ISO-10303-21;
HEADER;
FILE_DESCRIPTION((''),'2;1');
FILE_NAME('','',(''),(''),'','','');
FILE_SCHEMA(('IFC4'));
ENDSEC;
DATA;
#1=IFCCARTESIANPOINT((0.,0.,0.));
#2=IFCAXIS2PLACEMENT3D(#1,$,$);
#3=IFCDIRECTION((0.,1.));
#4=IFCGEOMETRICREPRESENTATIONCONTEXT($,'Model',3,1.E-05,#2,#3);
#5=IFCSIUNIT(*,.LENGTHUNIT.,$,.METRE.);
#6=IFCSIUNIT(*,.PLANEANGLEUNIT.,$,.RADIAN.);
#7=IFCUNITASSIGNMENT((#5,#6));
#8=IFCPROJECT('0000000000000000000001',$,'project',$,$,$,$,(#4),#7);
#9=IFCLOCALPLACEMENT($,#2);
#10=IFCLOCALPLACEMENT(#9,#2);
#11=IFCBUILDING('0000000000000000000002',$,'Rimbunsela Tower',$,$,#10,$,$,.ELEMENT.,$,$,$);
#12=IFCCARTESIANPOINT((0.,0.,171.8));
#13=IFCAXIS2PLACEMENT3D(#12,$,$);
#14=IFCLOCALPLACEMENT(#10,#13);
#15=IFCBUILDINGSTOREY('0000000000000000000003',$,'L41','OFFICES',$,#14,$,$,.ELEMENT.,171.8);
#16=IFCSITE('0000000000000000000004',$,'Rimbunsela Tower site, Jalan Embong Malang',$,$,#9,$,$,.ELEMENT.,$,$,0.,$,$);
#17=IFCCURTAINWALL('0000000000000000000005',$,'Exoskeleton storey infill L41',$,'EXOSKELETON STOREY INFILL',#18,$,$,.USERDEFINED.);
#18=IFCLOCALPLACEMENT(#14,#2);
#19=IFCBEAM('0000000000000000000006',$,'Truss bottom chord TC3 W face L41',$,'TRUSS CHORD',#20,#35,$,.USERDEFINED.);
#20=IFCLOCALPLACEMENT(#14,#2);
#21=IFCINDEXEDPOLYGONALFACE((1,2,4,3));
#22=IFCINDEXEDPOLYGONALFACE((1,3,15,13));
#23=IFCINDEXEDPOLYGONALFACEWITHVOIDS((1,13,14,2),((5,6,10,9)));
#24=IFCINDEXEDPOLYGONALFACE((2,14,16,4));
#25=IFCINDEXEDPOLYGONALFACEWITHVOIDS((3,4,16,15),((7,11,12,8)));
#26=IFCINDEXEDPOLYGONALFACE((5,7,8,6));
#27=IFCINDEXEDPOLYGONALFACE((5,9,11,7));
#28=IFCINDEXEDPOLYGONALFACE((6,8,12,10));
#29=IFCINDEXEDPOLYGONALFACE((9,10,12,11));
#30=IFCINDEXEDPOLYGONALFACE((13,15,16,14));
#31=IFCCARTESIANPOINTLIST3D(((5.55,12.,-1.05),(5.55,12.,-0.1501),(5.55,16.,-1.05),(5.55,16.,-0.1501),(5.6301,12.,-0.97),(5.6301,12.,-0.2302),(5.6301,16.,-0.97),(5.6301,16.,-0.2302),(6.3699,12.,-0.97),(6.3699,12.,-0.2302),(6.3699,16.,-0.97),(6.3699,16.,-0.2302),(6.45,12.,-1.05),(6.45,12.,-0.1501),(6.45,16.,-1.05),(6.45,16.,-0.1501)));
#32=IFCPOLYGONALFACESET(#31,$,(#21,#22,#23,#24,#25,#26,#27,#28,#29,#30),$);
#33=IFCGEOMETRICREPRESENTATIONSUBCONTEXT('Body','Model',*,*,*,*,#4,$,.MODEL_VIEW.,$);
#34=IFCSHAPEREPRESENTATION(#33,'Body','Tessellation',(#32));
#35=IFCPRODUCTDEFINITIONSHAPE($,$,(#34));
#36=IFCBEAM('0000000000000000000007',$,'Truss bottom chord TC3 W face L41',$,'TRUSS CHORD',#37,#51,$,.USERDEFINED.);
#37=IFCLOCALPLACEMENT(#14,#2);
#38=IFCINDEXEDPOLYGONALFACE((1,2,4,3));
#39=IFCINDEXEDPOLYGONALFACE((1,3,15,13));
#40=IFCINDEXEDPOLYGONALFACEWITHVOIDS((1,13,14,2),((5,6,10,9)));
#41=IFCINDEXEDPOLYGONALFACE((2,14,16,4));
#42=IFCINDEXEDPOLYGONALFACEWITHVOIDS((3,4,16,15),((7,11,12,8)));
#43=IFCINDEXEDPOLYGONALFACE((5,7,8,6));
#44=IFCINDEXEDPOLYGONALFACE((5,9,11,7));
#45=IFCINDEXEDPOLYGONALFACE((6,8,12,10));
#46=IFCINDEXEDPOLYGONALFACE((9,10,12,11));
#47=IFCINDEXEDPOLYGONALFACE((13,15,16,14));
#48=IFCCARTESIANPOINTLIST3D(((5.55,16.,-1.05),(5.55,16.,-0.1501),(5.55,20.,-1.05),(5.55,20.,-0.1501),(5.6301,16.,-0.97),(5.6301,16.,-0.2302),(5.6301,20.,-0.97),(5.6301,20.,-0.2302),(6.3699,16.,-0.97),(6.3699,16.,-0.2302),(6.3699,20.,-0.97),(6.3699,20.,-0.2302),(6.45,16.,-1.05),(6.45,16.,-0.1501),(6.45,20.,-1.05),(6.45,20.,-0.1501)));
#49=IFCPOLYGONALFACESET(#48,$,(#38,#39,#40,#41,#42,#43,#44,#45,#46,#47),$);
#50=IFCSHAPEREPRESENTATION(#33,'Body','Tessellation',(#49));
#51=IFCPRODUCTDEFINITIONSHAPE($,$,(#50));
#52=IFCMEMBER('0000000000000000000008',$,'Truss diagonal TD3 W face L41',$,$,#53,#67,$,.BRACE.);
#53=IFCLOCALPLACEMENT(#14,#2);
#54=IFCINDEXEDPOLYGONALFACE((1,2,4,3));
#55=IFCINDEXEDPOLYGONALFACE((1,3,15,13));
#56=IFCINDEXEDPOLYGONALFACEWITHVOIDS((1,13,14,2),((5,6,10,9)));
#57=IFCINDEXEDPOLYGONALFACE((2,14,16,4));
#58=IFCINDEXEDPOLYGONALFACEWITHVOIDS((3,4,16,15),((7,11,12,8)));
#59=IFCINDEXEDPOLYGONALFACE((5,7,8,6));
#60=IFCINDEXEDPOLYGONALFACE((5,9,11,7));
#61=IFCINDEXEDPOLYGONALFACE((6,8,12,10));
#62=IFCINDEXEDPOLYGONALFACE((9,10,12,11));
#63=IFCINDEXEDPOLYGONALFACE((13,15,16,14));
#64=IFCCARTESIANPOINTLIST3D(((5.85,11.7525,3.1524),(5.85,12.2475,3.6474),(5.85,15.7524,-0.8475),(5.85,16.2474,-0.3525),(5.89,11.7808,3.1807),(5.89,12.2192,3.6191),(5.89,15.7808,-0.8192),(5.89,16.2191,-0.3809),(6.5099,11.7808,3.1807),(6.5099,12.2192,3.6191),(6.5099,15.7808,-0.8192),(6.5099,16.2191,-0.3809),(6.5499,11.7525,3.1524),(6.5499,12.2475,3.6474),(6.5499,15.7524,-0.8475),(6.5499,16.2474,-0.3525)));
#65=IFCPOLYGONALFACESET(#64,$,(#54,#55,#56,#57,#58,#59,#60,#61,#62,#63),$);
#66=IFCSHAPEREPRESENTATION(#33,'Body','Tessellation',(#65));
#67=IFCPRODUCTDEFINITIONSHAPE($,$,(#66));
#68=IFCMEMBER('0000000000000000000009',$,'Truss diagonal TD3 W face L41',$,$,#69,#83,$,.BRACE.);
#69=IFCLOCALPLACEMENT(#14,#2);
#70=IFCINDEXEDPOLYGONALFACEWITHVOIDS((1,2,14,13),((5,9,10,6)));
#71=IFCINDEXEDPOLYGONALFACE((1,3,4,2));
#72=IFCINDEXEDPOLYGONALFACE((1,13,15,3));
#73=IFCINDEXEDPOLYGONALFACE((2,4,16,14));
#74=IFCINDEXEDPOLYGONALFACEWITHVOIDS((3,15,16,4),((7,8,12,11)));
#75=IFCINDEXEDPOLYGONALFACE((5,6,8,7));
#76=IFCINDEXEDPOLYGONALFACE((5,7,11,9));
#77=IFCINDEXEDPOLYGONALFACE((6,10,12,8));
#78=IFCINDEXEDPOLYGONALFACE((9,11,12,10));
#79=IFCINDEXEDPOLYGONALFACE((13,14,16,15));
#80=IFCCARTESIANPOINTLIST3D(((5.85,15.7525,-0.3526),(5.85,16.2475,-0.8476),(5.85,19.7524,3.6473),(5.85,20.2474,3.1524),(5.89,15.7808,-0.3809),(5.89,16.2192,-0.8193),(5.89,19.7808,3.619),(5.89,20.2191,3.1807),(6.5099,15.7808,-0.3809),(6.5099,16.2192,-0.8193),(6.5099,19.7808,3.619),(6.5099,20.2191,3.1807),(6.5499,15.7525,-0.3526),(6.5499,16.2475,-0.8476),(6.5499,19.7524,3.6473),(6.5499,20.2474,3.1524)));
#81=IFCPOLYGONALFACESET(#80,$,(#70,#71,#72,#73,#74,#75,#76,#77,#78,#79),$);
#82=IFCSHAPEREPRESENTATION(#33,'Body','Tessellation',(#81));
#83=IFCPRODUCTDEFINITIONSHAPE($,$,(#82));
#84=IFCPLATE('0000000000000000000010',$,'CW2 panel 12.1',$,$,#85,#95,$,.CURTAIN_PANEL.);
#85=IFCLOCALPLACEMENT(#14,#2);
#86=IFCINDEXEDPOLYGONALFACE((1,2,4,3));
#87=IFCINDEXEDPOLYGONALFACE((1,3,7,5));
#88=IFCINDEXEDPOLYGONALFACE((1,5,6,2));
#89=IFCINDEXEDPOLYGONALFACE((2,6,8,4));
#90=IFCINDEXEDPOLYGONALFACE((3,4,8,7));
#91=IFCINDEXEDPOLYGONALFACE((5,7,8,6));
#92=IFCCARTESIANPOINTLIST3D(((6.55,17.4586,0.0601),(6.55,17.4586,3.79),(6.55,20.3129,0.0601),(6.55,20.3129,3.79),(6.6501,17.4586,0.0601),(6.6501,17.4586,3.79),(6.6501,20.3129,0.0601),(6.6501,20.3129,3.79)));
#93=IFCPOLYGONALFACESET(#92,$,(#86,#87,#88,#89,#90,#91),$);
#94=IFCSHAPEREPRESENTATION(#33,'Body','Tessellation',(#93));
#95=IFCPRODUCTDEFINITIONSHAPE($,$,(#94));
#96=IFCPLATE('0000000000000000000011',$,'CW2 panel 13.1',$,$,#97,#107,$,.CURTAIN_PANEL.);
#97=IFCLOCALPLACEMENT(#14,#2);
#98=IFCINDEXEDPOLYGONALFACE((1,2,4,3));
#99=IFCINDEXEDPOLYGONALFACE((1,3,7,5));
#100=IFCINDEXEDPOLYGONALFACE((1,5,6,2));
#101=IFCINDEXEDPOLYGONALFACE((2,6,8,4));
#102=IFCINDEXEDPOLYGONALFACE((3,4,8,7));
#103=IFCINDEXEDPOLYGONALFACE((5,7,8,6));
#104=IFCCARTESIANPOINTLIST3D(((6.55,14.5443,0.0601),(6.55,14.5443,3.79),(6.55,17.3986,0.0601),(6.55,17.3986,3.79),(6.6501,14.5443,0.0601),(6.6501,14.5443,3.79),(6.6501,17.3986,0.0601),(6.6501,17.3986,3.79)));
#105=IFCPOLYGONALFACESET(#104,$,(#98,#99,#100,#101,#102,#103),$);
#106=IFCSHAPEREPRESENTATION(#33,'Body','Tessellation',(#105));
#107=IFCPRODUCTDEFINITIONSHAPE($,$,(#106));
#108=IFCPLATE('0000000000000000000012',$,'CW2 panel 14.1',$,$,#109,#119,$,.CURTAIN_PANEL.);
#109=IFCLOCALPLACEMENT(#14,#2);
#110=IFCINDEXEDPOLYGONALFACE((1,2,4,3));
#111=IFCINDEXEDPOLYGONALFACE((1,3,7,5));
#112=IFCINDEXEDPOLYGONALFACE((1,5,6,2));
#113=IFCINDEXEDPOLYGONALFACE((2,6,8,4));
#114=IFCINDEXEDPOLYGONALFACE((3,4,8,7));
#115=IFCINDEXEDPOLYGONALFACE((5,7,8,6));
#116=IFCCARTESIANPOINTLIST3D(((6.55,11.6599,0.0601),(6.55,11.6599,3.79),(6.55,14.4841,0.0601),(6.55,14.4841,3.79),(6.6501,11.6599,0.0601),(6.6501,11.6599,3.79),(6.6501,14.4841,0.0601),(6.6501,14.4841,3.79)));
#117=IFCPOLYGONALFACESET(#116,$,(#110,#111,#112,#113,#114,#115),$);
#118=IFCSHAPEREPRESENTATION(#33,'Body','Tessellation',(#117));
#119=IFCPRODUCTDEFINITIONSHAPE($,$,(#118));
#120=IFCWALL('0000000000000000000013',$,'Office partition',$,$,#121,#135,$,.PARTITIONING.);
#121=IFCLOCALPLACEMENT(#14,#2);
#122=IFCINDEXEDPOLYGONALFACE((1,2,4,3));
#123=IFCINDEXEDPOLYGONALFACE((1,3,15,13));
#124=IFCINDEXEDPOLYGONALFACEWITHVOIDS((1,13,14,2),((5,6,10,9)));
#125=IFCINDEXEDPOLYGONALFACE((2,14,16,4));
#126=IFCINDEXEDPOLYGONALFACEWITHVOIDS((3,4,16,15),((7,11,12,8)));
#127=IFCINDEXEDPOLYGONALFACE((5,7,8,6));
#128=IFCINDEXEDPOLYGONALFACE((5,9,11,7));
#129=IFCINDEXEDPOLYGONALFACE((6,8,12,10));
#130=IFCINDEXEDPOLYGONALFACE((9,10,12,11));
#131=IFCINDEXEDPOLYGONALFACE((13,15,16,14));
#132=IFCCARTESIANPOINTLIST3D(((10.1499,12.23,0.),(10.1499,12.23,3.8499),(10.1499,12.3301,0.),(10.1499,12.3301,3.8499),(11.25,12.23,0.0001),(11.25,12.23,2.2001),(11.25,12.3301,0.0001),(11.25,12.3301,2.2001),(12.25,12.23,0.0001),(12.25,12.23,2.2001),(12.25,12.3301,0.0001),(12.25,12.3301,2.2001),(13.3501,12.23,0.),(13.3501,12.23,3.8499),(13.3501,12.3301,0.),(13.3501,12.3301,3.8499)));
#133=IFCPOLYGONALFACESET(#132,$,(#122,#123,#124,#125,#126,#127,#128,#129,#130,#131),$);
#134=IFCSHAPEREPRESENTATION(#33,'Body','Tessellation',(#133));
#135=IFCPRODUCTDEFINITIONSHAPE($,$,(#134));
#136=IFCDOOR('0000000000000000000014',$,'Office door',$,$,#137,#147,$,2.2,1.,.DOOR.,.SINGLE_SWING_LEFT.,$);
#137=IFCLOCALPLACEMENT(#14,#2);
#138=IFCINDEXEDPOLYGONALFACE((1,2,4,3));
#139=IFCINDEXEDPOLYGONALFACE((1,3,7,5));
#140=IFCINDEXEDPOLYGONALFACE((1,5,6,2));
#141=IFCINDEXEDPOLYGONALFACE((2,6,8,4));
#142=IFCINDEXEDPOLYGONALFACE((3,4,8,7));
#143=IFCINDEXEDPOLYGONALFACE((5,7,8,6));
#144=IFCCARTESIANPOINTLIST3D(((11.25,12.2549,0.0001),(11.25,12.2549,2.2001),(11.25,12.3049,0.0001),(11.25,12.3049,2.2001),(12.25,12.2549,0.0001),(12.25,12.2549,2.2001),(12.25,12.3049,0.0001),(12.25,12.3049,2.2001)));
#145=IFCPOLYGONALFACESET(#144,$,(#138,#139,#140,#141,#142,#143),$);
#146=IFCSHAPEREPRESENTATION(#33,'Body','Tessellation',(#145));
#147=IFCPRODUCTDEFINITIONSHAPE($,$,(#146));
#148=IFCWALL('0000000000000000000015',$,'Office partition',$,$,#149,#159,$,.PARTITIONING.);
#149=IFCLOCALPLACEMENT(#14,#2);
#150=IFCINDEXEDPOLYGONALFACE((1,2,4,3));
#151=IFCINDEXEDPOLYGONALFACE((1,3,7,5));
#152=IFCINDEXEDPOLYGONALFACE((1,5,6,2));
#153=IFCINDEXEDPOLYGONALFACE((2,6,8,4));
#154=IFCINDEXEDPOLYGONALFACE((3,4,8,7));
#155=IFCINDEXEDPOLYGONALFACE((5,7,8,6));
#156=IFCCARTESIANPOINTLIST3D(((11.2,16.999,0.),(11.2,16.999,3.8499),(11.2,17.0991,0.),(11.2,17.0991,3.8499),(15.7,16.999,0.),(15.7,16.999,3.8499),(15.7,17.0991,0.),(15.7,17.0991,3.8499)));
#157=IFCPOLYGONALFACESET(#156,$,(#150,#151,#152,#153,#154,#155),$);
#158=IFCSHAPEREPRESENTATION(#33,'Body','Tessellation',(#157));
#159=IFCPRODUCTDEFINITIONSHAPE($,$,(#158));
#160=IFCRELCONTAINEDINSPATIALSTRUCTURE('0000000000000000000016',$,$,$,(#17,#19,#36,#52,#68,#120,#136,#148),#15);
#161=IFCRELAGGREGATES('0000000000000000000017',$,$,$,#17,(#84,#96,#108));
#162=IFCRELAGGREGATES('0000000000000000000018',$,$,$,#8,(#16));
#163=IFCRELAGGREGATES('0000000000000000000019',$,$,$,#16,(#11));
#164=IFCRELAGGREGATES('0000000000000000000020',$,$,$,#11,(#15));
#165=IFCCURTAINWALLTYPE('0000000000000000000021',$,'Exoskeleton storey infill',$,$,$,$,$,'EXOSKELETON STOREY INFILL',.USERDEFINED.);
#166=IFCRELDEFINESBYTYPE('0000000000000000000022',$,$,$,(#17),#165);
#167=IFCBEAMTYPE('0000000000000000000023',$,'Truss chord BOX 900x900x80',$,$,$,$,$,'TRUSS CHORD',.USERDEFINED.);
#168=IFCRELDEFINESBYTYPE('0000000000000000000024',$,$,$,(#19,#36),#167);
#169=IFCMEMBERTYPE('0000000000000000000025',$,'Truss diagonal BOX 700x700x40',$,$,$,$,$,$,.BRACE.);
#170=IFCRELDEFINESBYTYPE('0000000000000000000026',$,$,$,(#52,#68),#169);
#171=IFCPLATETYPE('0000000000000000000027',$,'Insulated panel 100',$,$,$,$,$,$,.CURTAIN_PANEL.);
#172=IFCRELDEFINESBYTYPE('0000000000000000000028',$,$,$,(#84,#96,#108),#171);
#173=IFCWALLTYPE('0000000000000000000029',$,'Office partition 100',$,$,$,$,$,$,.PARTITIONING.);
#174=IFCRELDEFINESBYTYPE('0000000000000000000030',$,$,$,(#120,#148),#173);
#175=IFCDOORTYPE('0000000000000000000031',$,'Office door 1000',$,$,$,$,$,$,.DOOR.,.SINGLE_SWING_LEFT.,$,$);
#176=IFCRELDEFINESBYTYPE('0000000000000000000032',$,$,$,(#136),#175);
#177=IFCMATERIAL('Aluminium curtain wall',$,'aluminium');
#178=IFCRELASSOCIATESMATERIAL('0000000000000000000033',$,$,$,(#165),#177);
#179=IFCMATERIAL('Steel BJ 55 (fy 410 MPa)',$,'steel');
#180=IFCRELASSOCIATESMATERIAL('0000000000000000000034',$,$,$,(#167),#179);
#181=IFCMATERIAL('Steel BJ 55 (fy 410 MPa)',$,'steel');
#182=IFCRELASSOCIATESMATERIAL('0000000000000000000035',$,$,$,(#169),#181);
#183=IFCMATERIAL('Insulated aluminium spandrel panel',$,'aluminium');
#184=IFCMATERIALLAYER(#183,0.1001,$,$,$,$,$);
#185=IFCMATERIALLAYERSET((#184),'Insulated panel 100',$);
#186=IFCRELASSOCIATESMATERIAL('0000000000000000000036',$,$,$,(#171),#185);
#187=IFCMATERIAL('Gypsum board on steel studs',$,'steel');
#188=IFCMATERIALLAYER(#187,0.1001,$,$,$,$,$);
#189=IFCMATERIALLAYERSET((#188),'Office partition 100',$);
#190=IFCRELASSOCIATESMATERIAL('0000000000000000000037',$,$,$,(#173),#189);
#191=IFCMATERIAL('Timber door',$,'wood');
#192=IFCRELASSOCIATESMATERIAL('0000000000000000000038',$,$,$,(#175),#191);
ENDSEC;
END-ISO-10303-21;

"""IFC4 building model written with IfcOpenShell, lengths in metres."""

from ifc_helpers import new_model, si_unit, direction, frame, frame_2d, origin, origin_2d, place, context, subcontext, project, spatial, rectangle, hollow_rectangle, extrude, material, layer, layer_set, material_profile, profile_set, type_object, element, fill, aggregate, save


model = new_model("IFC4")

# Units and contexts
model_context = context("Model", 3, precision=1e-05, world=origin(), true_north=direction((0.0, 1.0)))
body_context = subcontext(model_context, "Body", "Model", "MODEL_VIEW")
ifc_project = project(units=[si_unit("LENGTHUNIT", "METRE"), si_unit("PLANEANGLEUNIT", "RADIAN")], contexts=[model_context])

# Site, building, storey
site_placement = place(None, origin())
site = spatial("IfcSite", under=ifc_project, at=site_placement, Name="Rimbunsela Tower site, Jalan Embong Malang", CompositionType="ELEMENT", RefElevation=0.0)
building_placement = place(site_placement, origin())
building = spatial("IfcBuilding", under=site, at=building_placement, Name="Rimbunsela Tower", CompositionType="ELEMENT")
storey_placement = place(building_placement, frame((0.0, 0.0, 171.8)))
storey = spatial("IfcBuildingStorey", under=building, at=storey_placement, Name="L41", Description="OFFICES", CompositionType="ELEMENT", Elevation=171.8)

# Curtain wall
ifc_material_1 = material(Name="Aluminium curtain wall", Category="aluminium")
curtain_wall_type = type_object("IfcCurtainWallType", Name="Exoskeleton storey infill", ElementType="EXOSKELETON STOREY INFILL", PredefinedType="USERDEFINED", material=ifc_material_1)
curtain_wall_placement = place(storey_placement, origin())
curtain_wall = element("IfcCurtainWall", 1, at=curtain_wall_placement, inside=storey, type_object=curtain_wall_type, Name="Exoskeleton storey infill L41", ObjectType="EXOSKELETON STOREY INFILL", PredefinedType="USERDEFINED")

# Beams
ifc_material_2 = material(Name="Steel BJ 55 (fy 410 MPa)", Category="steel")
ifc_material_profile_1 = material_profile(ifc_material_2, hollow_rectangle(XDim=0.8999, YDim=0.8999, WallThickness=0.0801, at=origin_2d()), Name="BOX 900x900x80")
ifc_profile_set_1 = profile_set([ifc_material_profile_1], Name="Steel BJ 55 (fy 410 MPa)")
beam_type_1 = type_object("IfcBeamType", Name="Truss chord BOX 900x900x80", ElementType="TRUSS CHORD", PredefinedType="USERDEFINED", material=ifc_profile_set_1)
for number, where, z_axis, x_axis, name in (
    (2, (6.0, 12.0, -0.6001), (0.0, 1.0, 0.0), (-1.0, 0.0, 0.0), "Truss bottom chord TC3 W face L41"),
    (3, (6.0, 16.0, -0.6001), (0.0, 1.0, 0.0), (-1.0, 0.0, 0.0), "Truss bottom chord TC3 W face L41"),
):
    element("IfcBeam", number, at=place(storey_placement, frame(where, z_axis=z_axis, x_axis=x_axis)), inside=storey, type_object=beam_type_1, Name=name, ObjectType="TRUSS CHORD", PredefinedType="USERDEFINED", context=body_context, shape_type="SweptSolid", body=[
        extrude(hollow_rectangle(XDim=0.8999, YDim=0.8999, WallThickness=0.0801, at=origin_2d()), origin(), (0.0, 0.0, 1.0), 4.0),
    ])

# Members
ifc_material_3 = material(Name="Steel BJ 55 (fy 410 MPa)", Category="steel")
ifc_material_profile_2 = material_profile(ifc_material_3, hollow_rectangle(XDim=0.7, YDim=0.7, WallThickness=0.04, at=origin_2d()), Name="BOX 700x700x40")
ifc_profile_set_2 = profile_set([ifc_material_profile_2], Name="Steel BJ 55 (fy 410 MPa)")
member_type_1 = type_object("IfcMemberType", Name="Truss diagonal BOX 700x700x40", PredefinedType="BRACE", material=ifc_profile_set_2)
for number, where, z_axis, x_axis, name in (
    (4, (6.2, 12.0, 3.3999), (0.0, 0.707107, -0.707107), (-1.0, 0.0, 0.0), "Truss diagonal TD3 W face L41"),
    (5, (6.2, 16.0, -0.6001), (0.0, 0.707107, 0.707107), (-1.0, 0.0, 0.0), "Truss diagonal TD3 W face L41"),
):
    element("IfcMember", number, at=place(storey_placement, frame(where, z_axis=z_axis, x_axis=x_axis)), inside=storey, type_object=member_type_1, Name=name, PredefinedType="BRACE", context=body_context, shape_type="SweptSolid", body=[
        extrude(hollow_rectangle(XDim=0.7, YDim=0.7, WallThickness=0.04, at=origin_2d()), origin(), (0.0, 0.0, 1.0), 5.6567),
    ])

# Plates
ifc_material_4 = material(Name="Insulated aluminium spandrel panel", Category="aluminium")
ifc_layer_1 = layer(ifc_material_4, 0.1001)
ifc_layer_set_1 = layer_set([ifc_layer_1], Name="Insulated panel 100")
plate_type = type_object("IfcPlateType", Name="Insulated panel 100", PredefinedType="CURTAIN_PANEL", material=ifc_layer_set_1)
plate_1_placement = place(storey_placement, frame((6.6001, 18.8857, 0.0601), z_axis=(0.0, 0.0, 1.0), x_axis=(0.0, -1.0, 0.0)))
plate_1 = element("IfcPlate", 6, at=plate_1_placement, type_object=plate_type, Name="CW2 panel 12.1", PredefinedType="CURTAIN_PANEL", context=body_context, shape_type="SweptSolid", body=[
    extrude(rectangle(XDim=2.8542, YDim=0.1001, at=origin_2d()), origin(), (0.0, 0.0, 1.0), 3.73),
])
plate_2_placement = place(storey_placement, frame((6.6001, 15.9714, 0.0601), z_axis=(0.0, 0.0, 1.0), x_axis=(0.0, -1.0, 0.0)))
plate_2 = element("IfcPlate", 7, at=plate_2_placement, type_object=plate_type, Name="CW2 panel 13.1", PredefinedType="CURTAIN_PANEL", context=body_context, shape_type="SweptSolid", body=[
    extrude(rectangle(XDim=2.8542, YDim=0.1001, at=origin_2d()), origin(), (0.0, 0.0, 1.0), 3.73),
])
plate_3_placement = place(storey_placement, frame((6.6001, 13.072, 0.0601), z_axis=(0.0, 0.0, 1.0), x_axis=(0.0, -1.0, 0.0)))
plate_3 = element("IfcPlate", 8, at=plate_3_placement, type_object=plate_type, Name="CW2 panel 14.1", PredefinedType="CURTAIN_PANEL", context=body_context, shape_type="SweptSolid", body=[
    extrude(rectangle(XDim=2.8242, YDim=0.1001, at=origin_2d()), origin(), (0.0, 0.0, 1.0), 3.73),
])
aggregate(curtain_wall, [plate_1, plate_2, plate_3])

# Wall, opening, door
ifc_material_5 = material(Name="Gypsum board on steel studs", Category="steel")
ifc_layer_2 = layer(ifc_material_5, 0.1001)
ifc_layer_set_2 = layer_set([ifc_layer_2], Name="Office partition 100")
wall_type = type_object("IfcWallType", Name="Office partition 100", PredefinedType="PARTITIONING", material=ifc_layer_set_2)
wall_1_placement = place(storey_placement, frame((10.1499, 12.28, 0.0), z_axis=(0.0, 0.0, 1.0), x_axis=(1.0, 0.0, 0.0)))
wall_1 = element("IfcWall", 9, at=wall_1_placement, inside=storey, type_object=wall_type, Name="Office partition", PredefinedType="PARTITIONING", context=body_context, shape_type="SweptSolid", body=[
    extrude(rectangle(XDim=3.2002, YDim=0.1001, at=frame_2d((1.6001, 0.0))), origin(), (0.0, 0.0, 1.0), 3.8499),
])
opening_placement = place(wall_1_placement, frame((1.1001, 0.0, 0.0)))
opening = element("IfcOpeningElement", 10, at=opening_placement, cuts=wall_1, PredefinedType="OPENING", context=body_context, shape_type="SweptSolid", body=[
    extrude(rectangle(XDim=1.0, YDim=2.2, at=frame_2d((0.5, 1.1001))), frame((0.0, 0.0601, 0.0), z_axis=(0.0, -1.0, 0.0), x_axis=(1.0, 0.0, 0.0)), (0.0, 0.0, 1.0), 0.1201),
])
ifc_material_6 = material(Name="Timber door", Category="wood")
door_type = type_object("IfcDoorType", Name="Office door 1000", OperationType="SINGLE_SWING_LEFT", PredefinedType="DOOR", material=ifc_material_6)
door_placement = place(opening_placement, origin())
door = element("IfcDoor", 11, at=door_placement, inside=storey, type_object=door_type, Name="Office door", OperationType="SINGLE_SWING_LEFT", OverallHeight=2.2, OverallWidth=1.0, PredefinedType="DOOR", context=body_context, shape_type="SweptSolid", body=[
    extrude(rectangle(XDim=1.0, YDim=2.2, at=frame_2d((0.5, 1.1001))), frame((0.0, 0.0249, 0.0), z_axis=(0.0, -1.0, 0.0), x_axis=(1.0, 0.0, 0.0)), (0.0, 0.0, 1.0), 0.05),
])
fill(opening, door)

# Wall
wall_2_placement = place(storey_placement, frame((11.2, 17.0491, 0.0), z_axis=(0.0, 0.0, 1.0), x_axis=(1.0, 0.0, 0.0)))
element("IfcWall", 12, at=wall_2_placement, inside=storey, type_object=wall_type, Name="Office partition", PredefinedType="PARTITIONING", context=body_context, shape_type="SweptSolid", body=[
    extrude(rectangle(XDim=4.5, YDim=0.1001, at=frame_2d((2.25, 0.0))), origin(), (0.0, 0.0, 1.0), 3.8499),
])

save(model, "model.ifc")
